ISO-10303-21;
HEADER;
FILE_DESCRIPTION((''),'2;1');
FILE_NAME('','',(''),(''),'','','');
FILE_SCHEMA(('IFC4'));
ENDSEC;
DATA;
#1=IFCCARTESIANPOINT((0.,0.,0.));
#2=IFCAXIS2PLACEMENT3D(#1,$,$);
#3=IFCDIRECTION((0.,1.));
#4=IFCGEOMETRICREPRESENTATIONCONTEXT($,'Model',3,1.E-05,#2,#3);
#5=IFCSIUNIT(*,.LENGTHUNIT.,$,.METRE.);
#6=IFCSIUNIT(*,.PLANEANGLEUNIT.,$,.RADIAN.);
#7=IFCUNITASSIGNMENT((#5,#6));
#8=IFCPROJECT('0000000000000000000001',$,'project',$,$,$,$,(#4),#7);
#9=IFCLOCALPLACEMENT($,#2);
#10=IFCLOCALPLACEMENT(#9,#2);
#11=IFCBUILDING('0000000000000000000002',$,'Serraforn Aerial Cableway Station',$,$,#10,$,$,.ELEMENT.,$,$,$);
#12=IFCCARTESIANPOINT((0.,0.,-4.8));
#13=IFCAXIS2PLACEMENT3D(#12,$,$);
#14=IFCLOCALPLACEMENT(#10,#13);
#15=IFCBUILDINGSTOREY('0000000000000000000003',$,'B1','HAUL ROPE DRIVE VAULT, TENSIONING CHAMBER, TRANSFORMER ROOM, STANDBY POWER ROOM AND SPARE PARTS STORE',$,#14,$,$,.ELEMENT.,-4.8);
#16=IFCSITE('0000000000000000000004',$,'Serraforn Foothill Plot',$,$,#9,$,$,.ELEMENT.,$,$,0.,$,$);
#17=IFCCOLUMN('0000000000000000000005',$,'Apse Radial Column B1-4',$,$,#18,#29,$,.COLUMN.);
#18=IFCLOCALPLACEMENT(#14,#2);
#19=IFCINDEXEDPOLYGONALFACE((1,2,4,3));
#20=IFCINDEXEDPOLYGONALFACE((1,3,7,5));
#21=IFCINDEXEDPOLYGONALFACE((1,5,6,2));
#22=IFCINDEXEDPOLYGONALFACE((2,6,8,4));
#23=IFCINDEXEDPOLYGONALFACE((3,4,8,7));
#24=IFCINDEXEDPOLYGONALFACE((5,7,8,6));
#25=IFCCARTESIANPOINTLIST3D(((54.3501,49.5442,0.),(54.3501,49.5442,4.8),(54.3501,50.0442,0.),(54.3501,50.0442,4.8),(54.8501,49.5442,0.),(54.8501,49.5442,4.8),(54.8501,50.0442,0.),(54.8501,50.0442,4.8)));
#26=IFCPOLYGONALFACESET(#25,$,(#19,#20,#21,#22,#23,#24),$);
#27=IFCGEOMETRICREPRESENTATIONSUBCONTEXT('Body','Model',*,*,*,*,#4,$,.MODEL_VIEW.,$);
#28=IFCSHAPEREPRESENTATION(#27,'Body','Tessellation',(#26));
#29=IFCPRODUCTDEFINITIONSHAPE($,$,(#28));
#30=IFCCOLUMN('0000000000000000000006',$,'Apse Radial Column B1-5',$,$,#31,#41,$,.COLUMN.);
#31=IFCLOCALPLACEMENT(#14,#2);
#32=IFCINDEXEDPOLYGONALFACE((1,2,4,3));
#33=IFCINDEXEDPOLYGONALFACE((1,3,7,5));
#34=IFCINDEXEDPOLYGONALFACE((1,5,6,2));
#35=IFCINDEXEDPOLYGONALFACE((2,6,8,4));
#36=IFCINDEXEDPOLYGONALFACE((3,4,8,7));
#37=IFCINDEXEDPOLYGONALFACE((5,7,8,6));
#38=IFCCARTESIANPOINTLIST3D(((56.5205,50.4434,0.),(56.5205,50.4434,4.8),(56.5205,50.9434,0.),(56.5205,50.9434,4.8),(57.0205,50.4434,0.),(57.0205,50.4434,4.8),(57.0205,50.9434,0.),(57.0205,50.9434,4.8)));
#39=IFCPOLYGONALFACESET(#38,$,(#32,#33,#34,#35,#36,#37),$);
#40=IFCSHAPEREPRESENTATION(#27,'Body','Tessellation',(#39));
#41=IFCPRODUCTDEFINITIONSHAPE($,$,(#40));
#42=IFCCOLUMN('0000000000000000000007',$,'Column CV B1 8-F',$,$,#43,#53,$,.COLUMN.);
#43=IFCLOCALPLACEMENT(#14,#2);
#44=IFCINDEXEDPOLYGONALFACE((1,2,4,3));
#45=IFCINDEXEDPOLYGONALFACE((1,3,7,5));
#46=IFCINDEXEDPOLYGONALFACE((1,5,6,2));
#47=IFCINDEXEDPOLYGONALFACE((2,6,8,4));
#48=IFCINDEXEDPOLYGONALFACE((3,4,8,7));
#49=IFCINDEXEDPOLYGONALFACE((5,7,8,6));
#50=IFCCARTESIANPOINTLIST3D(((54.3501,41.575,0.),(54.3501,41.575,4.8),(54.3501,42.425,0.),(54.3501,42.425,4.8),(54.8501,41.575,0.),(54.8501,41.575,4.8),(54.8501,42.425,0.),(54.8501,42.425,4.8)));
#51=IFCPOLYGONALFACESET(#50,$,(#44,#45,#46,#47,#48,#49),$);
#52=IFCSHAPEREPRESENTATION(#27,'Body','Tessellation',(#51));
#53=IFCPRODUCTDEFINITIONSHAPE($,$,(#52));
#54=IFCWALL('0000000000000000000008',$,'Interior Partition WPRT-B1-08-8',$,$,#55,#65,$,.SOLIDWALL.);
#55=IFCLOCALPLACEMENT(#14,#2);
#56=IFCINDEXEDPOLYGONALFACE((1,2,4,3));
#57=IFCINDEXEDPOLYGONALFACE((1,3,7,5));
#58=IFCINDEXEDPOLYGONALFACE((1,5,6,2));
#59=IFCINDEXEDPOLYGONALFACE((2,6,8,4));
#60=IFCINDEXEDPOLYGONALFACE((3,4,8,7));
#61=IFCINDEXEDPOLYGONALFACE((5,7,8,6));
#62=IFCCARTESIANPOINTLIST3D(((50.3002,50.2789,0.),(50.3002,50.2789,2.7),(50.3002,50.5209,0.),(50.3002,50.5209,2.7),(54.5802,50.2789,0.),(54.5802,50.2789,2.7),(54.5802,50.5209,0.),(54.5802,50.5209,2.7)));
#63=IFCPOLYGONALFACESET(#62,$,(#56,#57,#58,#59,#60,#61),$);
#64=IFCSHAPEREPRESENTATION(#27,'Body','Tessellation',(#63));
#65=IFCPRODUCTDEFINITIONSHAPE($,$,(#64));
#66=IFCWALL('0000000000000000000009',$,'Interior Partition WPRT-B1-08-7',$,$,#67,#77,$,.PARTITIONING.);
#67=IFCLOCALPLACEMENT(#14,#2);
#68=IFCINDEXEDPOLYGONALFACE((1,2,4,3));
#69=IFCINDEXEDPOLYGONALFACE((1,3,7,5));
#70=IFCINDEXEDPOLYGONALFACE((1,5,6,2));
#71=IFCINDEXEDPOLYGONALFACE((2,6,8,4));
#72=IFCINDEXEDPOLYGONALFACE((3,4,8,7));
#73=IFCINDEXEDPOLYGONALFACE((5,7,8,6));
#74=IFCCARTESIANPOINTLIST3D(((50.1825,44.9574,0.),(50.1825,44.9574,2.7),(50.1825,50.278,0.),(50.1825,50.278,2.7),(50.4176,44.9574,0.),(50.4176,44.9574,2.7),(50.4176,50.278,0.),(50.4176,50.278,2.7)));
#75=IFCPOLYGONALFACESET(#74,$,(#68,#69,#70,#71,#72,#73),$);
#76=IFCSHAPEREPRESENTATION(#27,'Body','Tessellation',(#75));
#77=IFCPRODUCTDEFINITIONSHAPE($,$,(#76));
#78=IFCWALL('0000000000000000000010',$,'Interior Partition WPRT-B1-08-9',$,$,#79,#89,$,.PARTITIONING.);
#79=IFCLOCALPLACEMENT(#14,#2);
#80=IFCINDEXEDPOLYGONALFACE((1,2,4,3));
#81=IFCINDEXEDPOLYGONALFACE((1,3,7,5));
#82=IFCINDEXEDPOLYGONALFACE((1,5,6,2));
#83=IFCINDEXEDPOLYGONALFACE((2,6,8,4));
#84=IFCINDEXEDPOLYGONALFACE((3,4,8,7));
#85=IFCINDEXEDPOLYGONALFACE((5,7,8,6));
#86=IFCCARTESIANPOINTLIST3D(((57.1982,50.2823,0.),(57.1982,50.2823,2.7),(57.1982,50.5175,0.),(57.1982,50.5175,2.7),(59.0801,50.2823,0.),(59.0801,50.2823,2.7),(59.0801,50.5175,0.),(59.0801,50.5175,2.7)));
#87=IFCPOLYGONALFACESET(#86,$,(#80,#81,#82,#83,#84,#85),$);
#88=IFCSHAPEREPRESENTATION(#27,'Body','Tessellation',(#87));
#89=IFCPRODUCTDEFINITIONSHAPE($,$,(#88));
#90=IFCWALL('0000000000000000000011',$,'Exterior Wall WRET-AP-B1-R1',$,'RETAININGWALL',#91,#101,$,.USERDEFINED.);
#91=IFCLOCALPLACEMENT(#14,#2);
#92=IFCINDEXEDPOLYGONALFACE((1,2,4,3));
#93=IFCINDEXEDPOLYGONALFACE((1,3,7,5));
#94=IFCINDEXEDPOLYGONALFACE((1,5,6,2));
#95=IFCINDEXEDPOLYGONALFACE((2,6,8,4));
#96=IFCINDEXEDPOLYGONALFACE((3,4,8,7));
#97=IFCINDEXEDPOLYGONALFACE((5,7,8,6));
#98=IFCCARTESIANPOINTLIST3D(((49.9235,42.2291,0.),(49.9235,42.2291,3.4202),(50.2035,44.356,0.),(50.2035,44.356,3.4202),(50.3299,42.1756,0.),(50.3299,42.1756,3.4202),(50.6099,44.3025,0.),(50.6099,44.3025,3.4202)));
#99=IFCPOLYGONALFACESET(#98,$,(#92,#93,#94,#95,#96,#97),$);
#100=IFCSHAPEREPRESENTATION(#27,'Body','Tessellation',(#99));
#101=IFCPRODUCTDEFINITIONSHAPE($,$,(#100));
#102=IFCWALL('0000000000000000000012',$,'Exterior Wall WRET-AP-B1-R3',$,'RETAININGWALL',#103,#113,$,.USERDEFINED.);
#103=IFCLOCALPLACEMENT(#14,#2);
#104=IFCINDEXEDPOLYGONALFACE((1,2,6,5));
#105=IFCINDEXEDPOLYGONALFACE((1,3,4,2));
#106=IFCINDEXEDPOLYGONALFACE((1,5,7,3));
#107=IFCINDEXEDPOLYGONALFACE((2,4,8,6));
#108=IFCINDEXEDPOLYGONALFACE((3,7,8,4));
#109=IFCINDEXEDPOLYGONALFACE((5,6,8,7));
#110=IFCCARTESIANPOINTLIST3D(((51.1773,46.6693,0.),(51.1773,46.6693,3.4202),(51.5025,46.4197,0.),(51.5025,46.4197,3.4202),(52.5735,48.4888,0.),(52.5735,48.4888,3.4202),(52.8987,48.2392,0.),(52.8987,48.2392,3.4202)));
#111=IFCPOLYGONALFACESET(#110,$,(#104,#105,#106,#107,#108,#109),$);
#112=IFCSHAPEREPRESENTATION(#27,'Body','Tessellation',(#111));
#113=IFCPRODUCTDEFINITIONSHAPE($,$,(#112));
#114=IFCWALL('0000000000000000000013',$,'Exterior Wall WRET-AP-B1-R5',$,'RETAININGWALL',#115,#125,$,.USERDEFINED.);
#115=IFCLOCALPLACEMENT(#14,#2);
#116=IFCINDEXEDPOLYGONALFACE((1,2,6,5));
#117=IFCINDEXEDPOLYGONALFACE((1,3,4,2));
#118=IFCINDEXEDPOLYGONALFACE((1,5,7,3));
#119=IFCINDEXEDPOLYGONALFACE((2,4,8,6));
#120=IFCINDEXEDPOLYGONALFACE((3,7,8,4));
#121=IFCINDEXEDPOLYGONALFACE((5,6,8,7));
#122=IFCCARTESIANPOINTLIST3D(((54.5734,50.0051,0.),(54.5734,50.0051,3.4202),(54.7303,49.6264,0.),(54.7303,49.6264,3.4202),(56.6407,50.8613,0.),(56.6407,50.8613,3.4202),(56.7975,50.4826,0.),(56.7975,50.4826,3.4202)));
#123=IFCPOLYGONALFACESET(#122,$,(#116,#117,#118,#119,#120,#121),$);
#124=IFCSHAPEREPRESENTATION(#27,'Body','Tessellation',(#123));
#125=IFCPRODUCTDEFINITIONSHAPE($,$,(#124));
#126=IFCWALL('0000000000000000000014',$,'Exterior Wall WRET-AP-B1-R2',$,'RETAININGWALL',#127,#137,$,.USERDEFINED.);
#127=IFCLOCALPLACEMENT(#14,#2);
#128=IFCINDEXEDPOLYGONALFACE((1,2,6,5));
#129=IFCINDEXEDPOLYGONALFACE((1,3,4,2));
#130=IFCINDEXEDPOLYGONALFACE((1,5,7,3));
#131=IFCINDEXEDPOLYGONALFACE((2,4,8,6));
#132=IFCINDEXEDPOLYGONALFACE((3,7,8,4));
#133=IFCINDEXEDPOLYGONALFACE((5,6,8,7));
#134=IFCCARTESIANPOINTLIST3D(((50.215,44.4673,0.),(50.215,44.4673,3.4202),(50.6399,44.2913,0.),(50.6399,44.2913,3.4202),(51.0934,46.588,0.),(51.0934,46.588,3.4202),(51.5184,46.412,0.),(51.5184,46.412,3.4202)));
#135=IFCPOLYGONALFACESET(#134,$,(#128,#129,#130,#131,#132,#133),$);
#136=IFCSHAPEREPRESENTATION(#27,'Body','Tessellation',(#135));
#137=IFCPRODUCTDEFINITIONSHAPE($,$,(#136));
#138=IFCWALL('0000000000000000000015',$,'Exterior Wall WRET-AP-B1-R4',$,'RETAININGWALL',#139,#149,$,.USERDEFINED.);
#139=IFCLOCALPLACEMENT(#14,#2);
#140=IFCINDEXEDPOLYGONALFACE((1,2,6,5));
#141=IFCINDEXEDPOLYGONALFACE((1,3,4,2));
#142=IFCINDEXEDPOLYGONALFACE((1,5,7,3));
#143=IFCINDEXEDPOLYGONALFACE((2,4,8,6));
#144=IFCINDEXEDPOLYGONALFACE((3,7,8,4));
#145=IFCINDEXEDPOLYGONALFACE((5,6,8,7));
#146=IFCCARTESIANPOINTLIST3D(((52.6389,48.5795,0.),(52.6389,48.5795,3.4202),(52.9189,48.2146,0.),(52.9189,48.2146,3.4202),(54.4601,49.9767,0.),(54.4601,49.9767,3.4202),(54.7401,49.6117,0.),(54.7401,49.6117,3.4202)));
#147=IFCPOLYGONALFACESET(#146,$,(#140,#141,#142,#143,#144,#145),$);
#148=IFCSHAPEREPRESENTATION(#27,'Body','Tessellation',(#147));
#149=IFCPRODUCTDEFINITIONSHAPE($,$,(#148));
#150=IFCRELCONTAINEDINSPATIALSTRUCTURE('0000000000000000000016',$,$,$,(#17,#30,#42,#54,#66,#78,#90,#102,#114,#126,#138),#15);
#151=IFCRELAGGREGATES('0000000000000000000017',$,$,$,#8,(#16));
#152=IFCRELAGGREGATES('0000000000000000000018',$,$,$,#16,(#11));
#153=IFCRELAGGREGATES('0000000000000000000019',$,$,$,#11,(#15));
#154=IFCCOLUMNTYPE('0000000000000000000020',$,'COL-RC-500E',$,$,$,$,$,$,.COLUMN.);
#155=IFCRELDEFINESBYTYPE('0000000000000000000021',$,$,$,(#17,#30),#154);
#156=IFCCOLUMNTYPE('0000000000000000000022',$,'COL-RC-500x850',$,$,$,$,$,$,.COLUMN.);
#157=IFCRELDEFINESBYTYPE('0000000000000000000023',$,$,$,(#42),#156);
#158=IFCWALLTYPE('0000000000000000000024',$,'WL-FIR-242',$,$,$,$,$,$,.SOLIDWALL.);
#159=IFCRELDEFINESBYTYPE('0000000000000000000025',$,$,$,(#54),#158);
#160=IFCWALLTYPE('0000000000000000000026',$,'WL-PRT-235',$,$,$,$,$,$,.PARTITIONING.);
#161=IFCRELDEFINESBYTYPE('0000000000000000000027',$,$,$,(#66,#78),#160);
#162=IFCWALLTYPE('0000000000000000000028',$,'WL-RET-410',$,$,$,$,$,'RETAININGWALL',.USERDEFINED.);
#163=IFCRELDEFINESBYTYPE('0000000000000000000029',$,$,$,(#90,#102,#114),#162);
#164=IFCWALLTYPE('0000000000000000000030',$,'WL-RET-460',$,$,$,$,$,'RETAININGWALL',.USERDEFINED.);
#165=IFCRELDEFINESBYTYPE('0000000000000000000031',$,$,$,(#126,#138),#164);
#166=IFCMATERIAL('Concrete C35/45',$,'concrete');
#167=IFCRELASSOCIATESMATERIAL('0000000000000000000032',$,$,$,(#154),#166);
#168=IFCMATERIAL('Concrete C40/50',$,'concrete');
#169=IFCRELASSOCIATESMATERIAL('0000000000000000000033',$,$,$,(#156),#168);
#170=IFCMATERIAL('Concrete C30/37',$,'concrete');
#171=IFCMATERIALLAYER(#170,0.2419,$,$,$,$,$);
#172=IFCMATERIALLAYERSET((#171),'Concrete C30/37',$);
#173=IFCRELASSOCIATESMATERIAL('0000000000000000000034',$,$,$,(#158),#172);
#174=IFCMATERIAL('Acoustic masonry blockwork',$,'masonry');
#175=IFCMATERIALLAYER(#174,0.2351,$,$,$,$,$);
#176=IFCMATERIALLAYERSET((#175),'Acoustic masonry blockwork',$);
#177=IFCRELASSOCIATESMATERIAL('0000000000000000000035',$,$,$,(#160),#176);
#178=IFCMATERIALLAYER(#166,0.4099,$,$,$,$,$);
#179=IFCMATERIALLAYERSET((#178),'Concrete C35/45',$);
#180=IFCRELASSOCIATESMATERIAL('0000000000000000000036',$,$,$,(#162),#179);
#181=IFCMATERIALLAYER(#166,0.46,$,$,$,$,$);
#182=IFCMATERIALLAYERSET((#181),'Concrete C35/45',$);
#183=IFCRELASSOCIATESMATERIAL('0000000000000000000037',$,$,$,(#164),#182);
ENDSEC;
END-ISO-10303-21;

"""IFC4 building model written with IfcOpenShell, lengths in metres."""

from ifc_helpers import new_model, si_unit, direction, frame, frame_2d, origin, origin_2d, place, context, subcontext, project, spatial, rectangle, extrude, material, layer, layer_set, material_profile, profile_set, type_object, element, save


model = new_model("IFC4")

# Units and contexts
model_context = context("Model", 3, precision=1e-05, world=origin(), true_north=direction((0.0, 1.0)))
body_context = subcontext(model_context, "Body", "Model", "MODEL_VIEW")
ifc_project = project(units=[si_unit("LENGTHUNIT", "METRE"), si_unit("PLANEANGLEUNIT", "RADIAN")], contexts=[model_context])

# Site, building, storey
site_placement = place(None, origin())
site = spatial("IfcSite", under=ifc_project, at=site_placement, Name="Serraforn Foothill Plot", CompositionType="ELEMENT", RefElevation=0.0)
building_placement = place(site_placement, origin())
building = spatial("IfcBuilding", under=site, at=building_placement, Name="Serraforn Aerial Cableway Station", CompositionType="ELEMENT")
storey_placement = place(building_placement, frame((0.0, 0.0, -4.8)))
storey = spatial("IfcBuildingStorey", under=building, at=storey_placement, Name="B1", Description="HAUL ROPE DRIVE VAULT, TENSIONING CHAMBER, TRANSFORMER ROOM, STANDBY POWER ROOM AND SPARE PARTS STORE", CompositionType="ELEMENT", Elevation=-4.8)

# Shared definitions
ifc_material_1 = material(Name="Concrete C35/45", Category="concrete")

# Columns
ifc_material_profile_1 = material_profile(ifc_material_1, rectangle(XDim=0.5, YDim=0.5, at=origin_2d()), Name="RC 500x500")
ifc_profile_set_1 = profile_set([ifc_material_profile_1], Name="Concrete C35/45")
column_type_1 = type_object("IfcColumnType", Name="COL-RC-500E", PredefinedType="COLUMN", material=ifc_profile_set_1)
for number, where, z_axis, x_axis, name in (
    (1, (54.6001, 49.7942, 0.0), (0.0, 0.0, 1.0), (1.0, 0.0, 0.0), "Apse Radial Column B1-4"),
    (2, (56.7705, 50.6934, 0.0), (0.0, 0.0, 1.0), (1.0, 0.0, 0.0), "Apse Radial Column B1-5"),
):
    element("IfcColumn", number, at=place(storey_placement, frame(where, z_axis=z_axis, x_axis=x_axis)), inside=storey, type_object=column_type_1, Name=name, PredefinedType="COLUMN", context=body_context, shape_type="SweptSolid", body=[
        extrude(rectangle(XDim=0.5, YDim=0.5, at=origin_2d()), origin(), (0.0, 0.0, 1.0), 4.8),
    ])
ifc_material_2 = material(Name="Concrete C40/50", Category="concrete")
ifc_material_profile_2 = material_profile(ifc_material_2, rectangle(XDim=0.5, YDim=0.8501, at=origin_2d()), Name="RC 500x850")
ifc_profile_set_2 = profile_set([ifc_material_profile_2], Name="Concrete C40/50")
column_type_2 = type_object("IfcColumnType", Name="COL-RC-500x850", PredefinedType="COLUMN", material=ifc_profile_set_2)
column_placement = place(storey_placement, frame((54.6001, 42.0, 0.0), z_axis=(0.0, 0.0, 1.0), x_axis=(1.0, 0.0, 0.0)))
element("IfcColumn", 3, at=column_placement, inside=storey, type_object=column_type_2, Name="Column CV B1 8-F", PredefinedType="COLUMN", context=body_context, shape_type="SweptSolid", body=[
    extrude(rectangle(XDim=0.5, YDim=0.8501, at=origin_2d()), origin(), (0.0, 0.0, 1.0), 4.8),
])

# Walls
ifc_material_3 = material(Name="Concrete C30/37", Category="concrete")
ifc_layer_1 = layer(ifc_material_3, 0.2419)
ifc_layer_set_1 = layer_set([ifc_layer_1], Name="Concrete C30/37")
wall_type_1 = type_object("IfcWallType", Name="WL-FIR-242", PredefinedType="SOLIDWALL", material=ifc_layer_set_1)
wall_1_placement = place(storey_placement, frame((50.3, 50.3999, 0.0), z_axis=(0.0, 0.0, 1.0), x_axis=(1.0, 0.0, 0.0)))
element("IfcWall", 4, at=wall_1_placement, inside=storey, type_object=wall_type_1, Name="Interior Partition WPRT-B1-08-8", PredefinedType="SOLIDWALL", context=body_context, shape_type="SweptSolid", body=[
    extrude(rectangle(XDim=4.28, YDim=0.2419, at=frame_2d((2.1401, 0.0))), origin(), (0.0, 0.0, 1.0), 2.7),
])
ifc_material_4 = material(Name="Acoustic masonry blockwork", Category="masonry")
ifc_layer_2 = layer(ifc_material_4, 0.2351)
ifc_layer_set_2 = layer_set([ifc_layer_2], Name="Acoustic masonry blockwork")
wall_type_2 = type_object("IfcWallType", Name="WL-PRT-235", PredefinedType="PARTITIONING", material=ifc_layer_set_2)
wall_2_placement = place(storey_placement, frame((50.3, 44.9575, 0.0), z_axis=(0.0, 0.0, 1.0), x_axis=(0.0, 1.0, 0.0)))
element("IfcWall", 5, at=wall_2_placement, inside=storey, type_object=wall_type_2, Name="Interior Partition WPRT-B1-08-7", PredefinedType="PARTITIONING", context=body_context, shape_type="SweptSolid", body=[
    extrude(rectangle(XDim=5.3206, YDim=0.2351, at=frame_2d((2.6602, 0.0))), origin(), (0.0, 0.0, 1.0), 2.7),
])
wall_3_placement = place(storey_placement, frame((57.1982, 50.3999, 0.0), z_axis=(0.0, 0.0, 1.0), x_axis=(1.0, 0.0, 0.0)))
element("IfcWall", 6, at=wall_3_placement, inside=storey, type_object=wall_type_2, Name="Interior Partition WPRT-B1-08-9", PredefinedType="PARTITIONING", context=body_context, shape_type="SweptSolid", body=[
    extrude(rectangle(XDim=1.8818, YDim=0.2351, at=frame_2d((0.9409, 0.0))), origin(), (0.0, 0.0, 1.0), 2.7),
])
ifc_layer_3 = layer(ifc_material_1, 0.4099)
ifc_layer_set_3 = layer_set([ifc_layer_3], Name="Concrete C35/45")
wall_type_3 = type_object("IfcWallType", Name="WL-RET-410", ElementType="RETAININGWALL", PredefinedType="USERDEFINED", material=ifc_layer_set_3)
wall_4_placement = place(storey_placement, frame((50.4067, 44.3293, 0.0), z_axis=(0.0, 0.0, 1.0), x_axis=(-0.130531, -0.991444, 0.0)))
element("IfcWall", 7, at=wall_4_placement, inside=storey, type_object=wall_type_3, Name="Exterior Wall WRET-AP-B1-R1", ObjectType="RETAININGWALL", PredefinedType="USERDEFINED", context=body_context, shape_type="SweptSolid", body=[
    extrude(rectangle(XDim=2.1453, YDim=0.4099, at=frame_2d((1.0728, 0.0))), origin(), (0.0, 0.0, 1.0), 3.4202),
])
wall_5_placement = place(storey_placement, frame((52.7361, 48.364, 0.0), z_axis=(0.0, 0.0, 1.0), x_axis=(-0.608769, -0.793348, 0.0)))
element("IfcWall", 8, at=wall_5_placement, inside=storey, type_object=wall_type_3, Name="Exterior Wall WRET-AP-B1-R3", ObjectType="RETAININGWALL", PredefinedType="USERDEFINED", context=body_context, shape_type="SweptSolid", body=[
    extrude(rectangle(XDim=2.2935, YDim=0.4099, at=frame_2d((1.1467, 0.0))), origin(), (0.0, 0.0, 1.0), 3.4202),
])
wall_6_placement = place(storey_placement, frame((56.719, 50.6719, 0.0), z_axis=(0.0, 0.0, 1.0), x_axis=(-0.923901, -0.382631, 0.0)))
element("IfcWall", 9, at=wall_6_placement, inside=storey, type_object=wall_type_3, Name="Exterior Wall WRET-AP-B1-R5", ObjectType="RETAININGWALL", PredefinedType="USERDEFINED", context=body_context, shape_type="SweptSolid", body=[
    extrude(rectangle(XDim=2.2375, YDim=0.4099, at=frame_2d((1.1187, 0.0))), origin(), (0.0, 0.0, 1.0), 3.4202),
])
ifc_layer_4 = layer(ifc_material_1, 0.46)
ifc_layer_set_4 = layer_set([ifc_layer_4], Name="Concrete C35/45")
wall_type_4 = type_object("IfcWallType", Name="WL-RET-460", ElementType="RETAININGWALL", PredefinedType="USERDEFINED", material=ifc_layer_set_4)
for number, where, z_axis, x_axis, name in (
    (10, (51.3059, 46.5, 0.0), (0.0, 0.0, 1.0), (-0.382696, -0.923874, 0.0), "Exterior Wall WRET-AP-B1-R2"),
    (11, (54.6001, 49.7942, 0.0), (0.0, 0.0, 1.0), (-0.793418, -0.608677, 0.0), "Exterior Wall WRET-AP-B1-R4"),
):
    element("IfcWall", number, at=place(storey_placement, frame(where, z_axis=z_axis, x_axis=x_axis)), inside=storey, type_object=wall_type_4, Name=name, ObjectType="RETAININGWALL", PredefinedType="USERDEFINED", context=body_context, shape_type="SweptSolid", body=[
        extrude(rectangle(XDim=2.2954, YDim=0.46, at=frame_2d((1.1477, 0.0))), origin(), (0.0, 0.0, 1.0), 3.4202),
    ])

save(model, "model.ifc")
